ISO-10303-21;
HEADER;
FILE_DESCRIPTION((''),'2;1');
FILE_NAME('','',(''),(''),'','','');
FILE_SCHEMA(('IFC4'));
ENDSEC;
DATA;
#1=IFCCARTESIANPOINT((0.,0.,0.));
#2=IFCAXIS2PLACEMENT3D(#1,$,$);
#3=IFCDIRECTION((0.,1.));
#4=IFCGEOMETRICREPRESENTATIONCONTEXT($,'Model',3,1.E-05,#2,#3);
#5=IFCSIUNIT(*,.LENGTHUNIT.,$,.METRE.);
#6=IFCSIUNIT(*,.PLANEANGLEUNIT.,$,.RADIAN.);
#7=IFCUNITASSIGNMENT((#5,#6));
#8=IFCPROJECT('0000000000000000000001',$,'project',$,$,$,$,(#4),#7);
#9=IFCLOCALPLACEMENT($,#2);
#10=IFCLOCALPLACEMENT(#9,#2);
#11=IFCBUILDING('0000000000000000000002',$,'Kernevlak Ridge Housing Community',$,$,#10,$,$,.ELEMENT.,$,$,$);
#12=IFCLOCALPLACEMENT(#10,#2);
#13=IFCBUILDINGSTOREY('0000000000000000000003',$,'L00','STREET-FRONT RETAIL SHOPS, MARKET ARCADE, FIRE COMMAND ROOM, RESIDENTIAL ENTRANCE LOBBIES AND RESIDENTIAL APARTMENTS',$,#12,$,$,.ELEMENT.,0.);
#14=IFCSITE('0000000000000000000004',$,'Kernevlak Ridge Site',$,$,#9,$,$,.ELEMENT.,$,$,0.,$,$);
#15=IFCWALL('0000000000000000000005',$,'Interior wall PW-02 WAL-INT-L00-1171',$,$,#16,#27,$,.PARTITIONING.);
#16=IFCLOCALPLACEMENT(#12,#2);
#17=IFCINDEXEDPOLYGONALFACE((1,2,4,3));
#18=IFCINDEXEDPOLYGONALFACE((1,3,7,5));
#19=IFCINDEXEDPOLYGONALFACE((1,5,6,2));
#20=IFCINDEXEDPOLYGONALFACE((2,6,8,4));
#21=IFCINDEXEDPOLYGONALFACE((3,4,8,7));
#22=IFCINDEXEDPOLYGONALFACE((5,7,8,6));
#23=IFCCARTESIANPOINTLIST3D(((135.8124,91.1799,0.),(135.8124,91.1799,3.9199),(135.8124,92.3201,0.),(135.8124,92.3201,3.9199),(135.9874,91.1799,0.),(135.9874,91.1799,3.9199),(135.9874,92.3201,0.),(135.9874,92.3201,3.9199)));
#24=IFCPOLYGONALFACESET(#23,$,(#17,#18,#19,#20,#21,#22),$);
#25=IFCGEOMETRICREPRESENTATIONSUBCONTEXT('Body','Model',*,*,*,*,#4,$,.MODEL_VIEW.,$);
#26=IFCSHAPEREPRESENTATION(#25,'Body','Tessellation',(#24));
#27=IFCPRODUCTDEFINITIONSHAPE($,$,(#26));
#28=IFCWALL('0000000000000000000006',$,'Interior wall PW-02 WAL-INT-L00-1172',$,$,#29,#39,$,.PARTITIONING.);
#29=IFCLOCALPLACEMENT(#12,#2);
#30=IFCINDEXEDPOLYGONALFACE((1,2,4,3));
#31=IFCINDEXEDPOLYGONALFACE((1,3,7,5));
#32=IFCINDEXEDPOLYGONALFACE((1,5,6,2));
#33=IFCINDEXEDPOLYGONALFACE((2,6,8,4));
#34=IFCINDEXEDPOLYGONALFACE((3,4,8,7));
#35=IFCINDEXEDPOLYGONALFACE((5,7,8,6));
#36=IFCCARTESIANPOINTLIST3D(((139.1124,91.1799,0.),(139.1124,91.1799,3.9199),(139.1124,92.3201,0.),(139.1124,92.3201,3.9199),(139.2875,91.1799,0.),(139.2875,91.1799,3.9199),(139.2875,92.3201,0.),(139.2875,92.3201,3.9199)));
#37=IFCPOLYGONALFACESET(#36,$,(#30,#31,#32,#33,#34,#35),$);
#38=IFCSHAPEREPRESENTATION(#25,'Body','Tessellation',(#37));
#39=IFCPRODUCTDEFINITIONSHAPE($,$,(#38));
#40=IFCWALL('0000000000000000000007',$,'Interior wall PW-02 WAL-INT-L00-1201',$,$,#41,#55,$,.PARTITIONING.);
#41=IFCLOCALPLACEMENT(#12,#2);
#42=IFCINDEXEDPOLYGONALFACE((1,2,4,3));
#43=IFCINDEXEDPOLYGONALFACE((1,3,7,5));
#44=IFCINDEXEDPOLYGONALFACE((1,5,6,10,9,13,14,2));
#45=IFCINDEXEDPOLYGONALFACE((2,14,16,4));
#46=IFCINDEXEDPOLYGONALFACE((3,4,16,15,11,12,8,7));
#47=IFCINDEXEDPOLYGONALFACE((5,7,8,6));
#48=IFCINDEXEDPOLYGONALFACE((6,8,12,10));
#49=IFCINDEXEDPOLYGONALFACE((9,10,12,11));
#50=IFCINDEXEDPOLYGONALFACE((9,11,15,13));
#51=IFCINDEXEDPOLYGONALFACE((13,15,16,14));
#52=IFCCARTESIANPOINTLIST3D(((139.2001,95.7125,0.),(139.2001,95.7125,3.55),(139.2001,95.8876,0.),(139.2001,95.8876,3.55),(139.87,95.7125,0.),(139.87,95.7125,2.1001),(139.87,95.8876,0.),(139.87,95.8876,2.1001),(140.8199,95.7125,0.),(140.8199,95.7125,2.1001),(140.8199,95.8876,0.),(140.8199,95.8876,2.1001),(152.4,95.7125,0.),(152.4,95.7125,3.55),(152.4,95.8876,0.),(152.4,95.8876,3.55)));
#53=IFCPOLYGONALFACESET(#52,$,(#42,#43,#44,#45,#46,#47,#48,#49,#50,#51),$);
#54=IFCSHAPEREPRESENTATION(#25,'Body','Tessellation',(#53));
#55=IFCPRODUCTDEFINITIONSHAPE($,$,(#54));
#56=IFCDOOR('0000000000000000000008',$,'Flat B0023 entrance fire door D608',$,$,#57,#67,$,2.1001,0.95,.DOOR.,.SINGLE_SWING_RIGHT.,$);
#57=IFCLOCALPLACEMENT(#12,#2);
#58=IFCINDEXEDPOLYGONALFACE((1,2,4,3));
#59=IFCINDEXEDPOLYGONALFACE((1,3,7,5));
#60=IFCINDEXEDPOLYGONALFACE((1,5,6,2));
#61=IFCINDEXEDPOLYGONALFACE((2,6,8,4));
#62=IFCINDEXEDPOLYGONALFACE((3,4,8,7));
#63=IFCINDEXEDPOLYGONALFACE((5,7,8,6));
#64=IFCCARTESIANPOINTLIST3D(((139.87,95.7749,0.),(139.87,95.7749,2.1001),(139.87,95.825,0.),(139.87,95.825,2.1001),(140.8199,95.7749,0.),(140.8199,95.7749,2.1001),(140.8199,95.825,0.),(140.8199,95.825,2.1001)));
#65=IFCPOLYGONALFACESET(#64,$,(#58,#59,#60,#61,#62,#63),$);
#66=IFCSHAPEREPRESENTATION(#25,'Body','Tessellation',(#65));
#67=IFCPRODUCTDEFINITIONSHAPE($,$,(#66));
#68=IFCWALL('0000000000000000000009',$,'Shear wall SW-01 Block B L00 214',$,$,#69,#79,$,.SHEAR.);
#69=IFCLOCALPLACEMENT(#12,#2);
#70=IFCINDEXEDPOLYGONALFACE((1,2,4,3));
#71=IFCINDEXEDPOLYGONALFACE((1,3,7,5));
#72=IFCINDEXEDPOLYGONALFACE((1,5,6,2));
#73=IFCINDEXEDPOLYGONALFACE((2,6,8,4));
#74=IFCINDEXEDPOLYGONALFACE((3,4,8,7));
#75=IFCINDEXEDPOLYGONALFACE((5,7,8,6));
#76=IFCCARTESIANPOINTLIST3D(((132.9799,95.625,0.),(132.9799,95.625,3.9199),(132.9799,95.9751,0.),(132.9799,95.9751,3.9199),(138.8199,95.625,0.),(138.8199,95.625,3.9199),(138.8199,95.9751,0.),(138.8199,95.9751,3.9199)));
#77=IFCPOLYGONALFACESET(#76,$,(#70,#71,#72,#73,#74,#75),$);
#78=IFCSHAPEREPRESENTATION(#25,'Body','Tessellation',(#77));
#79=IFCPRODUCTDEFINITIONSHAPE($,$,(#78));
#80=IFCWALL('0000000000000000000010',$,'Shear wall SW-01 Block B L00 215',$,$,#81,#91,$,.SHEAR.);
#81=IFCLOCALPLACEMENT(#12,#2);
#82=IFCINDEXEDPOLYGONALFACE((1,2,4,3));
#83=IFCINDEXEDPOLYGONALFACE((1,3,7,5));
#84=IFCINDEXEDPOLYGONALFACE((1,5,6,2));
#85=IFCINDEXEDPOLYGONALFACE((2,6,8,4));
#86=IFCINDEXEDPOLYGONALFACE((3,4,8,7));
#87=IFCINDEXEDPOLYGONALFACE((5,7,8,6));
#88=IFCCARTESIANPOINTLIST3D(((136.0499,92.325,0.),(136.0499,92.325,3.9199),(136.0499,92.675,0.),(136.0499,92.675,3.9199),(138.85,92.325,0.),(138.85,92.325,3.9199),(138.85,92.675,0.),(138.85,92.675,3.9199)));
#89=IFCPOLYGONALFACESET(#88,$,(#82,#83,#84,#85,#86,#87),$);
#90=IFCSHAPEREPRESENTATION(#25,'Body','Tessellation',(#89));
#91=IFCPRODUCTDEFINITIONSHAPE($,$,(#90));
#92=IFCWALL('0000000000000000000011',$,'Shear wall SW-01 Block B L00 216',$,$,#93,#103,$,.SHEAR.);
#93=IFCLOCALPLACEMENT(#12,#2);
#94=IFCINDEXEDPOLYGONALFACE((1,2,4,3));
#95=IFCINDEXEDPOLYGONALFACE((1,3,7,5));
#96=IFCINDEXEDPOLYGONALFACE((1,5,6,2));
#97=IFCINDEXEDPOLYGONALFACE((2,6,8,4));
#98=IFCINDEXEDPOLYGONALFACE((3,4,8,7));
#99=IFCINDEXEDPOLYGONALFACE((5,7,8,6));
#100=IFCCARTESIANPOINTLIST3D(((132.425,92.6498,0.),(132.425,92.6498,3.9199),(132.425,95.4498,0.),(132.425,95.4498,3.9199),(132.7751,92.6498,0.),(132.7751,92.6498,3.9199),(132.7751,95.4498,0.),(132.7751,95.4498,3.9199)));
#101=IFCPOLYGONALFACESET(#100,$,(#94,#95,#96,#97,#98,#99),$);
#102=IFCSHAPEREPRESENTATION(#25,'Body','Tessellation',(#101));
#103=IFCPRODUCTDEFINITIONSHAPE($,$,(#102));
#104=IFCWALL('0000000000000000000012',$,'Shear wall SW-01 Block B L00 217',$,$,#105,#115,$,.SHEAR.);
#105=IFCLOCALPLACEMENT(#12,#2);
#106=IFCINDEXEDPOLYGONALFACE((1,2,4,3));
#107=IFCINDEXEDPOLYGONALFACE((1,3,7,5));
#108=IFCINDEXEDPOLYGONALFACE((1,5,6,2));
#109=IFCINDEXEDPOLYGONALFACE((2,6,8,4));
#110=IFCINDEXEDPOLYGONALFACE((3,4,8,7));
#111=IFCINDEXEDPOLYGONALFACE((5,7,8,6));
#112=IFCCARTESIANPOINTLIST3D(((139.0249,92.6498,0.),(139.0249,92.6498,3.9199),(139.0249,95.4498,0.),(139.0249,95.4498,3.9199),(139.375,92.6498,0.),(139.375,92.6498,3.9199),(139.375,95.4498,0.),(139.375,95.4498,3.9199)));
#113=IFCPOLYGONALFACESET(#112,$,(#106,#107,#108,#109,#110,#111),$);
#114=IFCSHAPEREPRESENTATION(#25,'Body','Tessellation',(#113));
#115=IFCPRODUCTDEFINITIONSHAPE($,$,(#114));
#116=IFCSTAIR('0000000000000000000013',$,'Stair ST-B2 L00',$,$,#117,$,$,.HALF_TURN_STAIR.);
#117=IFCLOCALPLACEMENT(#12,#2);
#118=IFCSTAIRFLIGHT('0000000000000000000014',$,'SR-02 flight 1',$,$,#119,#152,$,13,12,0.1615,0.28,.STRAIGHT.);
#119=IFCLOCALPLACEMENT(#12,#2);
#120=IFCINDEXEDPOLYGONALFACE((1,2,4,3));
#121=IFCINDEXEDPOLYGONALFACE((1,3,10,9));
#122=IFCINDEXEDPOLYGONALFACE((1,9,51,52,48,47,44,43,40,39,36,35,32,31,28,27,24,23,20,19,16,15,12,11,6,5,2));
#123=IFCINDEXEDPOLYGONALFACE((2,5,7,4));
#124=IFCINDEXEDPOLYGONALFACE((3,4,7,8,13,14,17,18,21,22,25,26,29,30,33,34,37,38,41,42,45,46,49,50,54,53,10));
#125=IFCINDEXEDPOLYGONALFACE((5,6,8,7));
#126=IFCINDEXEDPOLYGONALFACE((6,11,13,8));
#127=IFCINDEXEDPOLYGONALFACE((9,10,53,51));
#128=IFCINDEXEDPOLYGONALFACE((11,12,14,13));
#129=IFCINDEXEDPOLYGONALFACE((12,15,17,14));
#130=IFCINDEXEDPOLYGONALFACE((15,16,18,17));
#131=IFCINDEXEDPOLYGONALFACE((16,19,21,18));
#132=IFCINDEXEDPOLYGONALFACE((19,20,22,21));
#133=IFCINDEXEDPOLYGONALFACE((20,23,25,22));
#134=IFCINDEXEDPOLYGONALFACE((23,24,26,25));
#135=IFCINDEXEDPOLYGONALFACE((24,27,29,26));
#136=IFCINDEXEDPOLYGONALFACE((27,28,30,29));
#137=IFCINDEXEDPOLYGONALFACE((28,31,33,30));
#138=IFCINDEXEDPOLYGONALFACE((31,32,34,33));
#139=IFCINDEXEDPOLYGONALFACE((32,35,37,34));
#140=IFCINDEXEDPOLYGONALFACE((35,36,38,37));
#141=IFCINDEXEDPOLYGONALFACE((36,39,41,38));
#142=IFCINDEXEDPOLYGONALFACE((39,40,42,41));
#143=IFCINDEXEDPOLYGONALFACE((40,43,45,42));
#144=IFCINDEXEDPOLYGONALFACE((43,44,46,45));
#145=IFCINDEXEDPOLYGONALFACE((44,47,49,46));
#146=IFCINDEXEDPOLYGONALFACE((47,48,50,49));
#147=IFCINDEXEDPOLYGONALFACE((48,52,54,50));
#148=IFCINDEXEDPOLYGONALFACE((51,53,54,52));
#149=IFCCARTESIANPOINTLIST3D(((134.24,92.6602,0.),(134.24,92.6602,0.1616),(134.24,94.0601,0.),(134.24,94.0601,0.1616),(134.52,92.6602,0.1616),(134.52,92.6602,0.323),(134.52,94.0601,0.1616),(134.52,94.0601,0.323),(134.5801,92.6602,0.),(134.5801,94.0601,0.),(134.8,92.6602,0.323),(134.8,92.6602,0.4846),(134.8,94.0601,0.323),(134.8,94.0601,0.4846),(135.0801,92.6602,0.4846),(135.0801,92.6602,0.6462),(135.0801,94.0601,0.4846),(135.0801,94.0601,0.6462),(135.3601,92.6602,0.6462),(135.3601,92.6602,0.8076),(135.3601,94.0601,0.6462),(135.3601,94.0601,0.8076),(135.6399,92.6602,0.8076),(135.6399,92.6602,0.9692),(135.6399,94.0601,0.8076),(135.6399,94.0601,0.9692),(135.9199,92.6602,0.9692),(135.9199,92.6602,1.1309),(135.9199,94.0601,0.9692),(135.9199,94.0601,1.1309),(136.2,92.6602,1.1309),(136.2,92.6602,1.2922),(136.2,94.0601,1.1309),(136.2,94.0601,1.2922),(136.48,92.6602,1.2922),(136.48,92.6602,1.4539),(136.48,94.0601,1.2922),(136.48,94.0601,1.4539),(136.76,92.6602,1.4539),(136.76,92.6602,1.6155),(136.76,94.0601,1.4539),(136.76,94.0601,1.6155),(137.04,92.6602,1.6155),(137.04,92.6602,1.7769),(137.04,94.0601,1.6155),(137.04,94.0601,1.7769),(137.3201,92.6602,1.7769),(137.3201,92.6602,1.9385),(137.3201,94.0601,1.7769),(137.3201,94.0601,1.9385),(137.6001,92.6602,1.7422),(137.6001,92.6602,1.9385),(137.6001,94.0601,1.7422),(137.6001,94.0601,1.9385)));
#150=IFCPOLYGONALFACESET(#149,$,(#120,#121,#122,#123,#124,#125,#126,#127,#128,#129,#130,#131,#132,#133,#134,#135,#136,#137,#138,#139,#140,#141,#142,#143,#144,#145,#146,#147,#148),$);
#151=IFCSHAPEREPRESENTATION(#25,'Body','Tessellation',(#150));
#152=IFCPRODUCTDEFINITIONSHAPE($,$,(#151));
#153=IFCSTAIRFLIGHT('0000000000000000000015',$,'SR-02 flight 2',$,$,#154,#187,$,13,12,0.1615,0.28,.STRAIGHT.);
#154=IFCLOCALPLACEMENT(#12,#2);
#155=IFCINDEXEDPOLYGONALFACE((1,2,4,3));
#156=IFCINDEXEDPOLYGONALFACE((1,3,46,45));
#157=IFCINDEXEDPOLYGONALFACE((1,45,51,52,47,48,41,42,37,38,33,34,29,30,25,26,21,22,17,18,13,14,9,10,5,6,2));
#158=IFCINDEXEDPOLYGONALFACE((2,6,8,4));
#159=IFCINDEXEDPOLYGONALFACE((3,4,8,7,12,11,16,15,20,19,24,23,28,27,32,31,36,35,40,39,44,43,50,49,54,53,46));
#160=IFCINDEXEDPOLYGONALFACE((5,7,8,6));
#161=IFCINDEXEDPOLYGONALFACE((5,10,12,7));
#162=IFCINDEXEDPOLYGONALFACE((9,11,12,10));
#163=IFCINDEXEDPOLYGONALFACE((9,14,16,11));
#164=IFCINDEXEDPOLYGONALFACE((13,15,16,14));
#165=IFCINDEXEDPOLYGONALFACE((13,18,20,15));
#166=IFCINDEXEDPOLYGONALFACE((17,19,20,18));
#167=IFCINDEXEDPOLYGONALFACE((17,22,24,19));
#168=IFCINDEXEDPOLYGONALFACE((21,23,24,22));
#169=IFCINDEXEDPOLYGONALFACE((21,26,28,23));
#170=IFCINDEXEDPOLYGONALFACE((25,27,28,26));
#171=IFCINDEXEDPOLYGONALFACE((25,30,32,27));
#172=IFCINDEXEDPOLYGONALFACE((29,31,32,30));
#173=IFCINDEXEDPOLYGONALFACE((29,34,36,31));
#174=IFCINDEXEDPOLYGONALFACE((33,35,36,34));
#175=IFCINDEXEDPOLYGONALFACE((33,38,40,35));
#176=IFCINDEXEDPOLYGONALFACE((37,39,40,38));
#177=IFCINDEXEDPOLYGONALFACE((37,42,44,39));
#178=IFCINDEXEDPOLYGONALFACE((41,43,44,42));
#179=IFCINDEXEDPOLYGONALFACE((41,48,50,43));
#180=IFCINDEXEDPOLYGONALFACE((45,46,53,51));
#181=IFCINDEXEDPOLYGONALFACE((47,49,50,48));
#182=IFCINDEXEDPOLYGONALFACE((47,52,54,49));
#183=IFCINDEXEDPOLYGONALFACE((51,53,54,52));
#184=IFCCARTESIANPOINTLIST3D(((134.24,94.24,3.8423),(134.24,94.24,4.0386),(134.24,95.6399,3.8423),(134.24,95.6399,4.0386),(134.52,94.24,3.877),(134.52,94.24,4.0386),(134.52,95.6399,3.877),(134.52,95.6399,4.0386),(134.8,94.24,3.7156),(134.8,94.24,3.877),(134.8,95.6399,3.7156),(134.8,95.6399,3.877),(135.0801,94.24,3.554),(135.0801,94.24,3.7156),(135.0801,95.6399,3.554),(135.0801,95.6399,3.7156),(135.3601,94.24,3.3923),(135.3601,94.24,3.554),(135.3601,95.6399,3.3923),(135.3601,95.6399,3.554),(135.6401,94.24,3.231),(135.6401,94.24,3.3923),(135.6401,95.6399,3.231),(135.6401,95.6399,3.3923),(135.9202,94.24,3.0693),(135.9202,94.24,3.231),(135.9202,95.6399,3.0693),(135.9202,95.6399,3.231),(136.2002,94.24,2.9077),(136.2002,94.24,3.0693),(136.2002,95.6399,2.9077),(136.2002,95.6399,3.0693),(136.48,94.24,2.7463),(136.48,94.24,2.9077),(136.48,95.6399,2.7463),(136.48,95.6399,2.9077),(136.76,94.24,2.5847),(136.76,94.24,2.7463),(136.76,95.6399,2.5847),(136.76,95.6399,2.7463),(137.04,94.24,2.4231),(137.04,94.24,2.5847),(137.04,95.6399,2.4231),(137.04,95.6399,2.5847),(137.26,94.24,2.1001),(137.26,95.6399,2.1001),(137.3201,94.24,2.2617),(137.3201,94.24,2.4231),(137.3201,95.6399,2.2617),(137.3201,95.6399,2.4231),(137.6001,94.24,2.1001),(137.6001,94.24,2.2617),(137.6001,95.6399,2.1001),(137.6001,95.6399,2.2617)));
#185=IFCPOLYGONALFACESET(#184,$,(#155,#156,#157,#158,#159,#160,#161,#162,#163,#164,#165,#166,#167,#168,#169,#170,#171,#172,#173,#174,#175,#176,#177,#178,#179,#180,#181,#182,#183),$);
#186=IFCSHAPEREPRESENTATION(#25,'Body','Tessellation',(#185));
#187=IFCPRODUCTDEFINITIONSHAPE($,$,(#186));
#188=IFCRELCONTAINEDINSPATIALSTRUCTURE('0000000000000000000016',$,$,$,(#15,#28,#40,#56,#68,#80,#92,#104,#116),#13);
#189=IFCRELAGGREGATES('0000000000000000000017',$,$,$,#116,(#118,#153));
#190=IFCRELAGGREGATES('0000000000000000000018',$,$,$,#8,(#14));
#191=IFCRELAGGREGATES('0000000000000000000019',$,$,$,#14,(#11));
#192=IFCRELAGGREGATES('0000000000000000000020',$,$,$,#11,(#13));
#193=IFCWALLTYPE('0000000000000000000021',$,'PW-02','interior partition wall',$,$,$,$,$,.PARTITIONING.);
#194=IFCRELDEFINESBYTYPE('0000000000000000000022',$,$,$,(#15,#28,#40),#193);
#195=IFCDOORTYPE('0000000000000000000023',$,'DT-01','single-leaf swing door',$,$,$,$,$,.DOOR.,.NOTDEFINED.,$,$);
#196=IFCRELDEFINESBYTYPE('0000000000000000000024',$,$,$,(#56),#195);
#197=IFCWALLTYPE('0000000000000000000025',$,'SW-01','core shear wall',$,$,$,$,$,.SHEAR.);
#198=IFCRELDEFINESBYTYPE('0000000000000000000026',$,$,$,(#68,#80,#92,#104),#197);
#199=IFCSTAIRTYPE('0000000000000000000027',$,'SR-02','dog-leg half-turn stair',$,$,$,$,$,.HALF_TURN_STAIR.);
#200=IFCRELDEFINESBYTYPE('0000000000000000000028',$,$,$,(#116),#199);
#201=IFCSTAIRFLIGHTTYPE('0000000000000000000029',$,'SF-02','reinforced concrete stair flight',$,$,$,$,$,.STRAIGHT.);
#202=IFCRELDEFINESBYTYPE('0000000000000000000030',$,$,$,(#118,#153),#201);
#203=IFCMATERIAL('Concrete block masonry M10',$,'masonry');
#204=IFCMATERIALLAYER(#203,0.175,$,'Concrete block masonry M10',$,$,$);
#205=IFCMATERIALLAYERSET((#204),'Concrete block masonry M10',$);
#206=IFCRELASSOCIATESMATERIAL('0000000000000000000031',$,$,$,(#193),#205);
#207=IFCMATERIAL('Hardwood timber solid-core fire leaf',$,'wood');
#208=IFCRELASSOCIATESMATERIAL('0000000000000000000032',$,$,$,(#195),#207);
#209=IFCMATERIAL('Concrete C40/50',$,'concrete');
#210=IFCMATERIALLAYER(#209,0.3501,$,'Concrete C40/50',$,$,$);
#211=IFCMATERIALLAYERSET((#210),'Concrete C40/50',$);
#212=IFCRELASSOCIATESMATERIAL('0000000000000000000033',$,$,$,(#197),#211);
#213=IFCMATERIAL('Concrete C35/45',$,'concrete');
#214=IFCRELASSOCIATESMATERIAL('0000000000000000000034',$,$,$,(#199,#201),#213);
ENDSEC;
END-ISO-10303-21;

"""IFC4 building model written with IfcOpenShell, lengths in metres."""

from ifc_helpers import new_model, si_unit, direction, frame, frame_2d, origin, place, context, subcontext, project, spatial, polyline, rectangle, outline, extrude, material, layer, layer_set, type_object, element, fill, aggregate, save


model = new_model("IFC4")

# Units and contexts
model_context = context("Model", 3, precision=1e-05, world=origin(), true_north=direction((0.0, 1.0)))
body_context = subcontext(model_context, "Body", "Model", "MODEL_VIEW")
ifc_project = project(units=[si_unit("LENGTHUNIT", "METRE"), si_unit("PLANEANGLEUNIT", "RADIAN")], contexts=[model_context])

# Site, building, storey
site_placement = place(None, origin())
site = spatial("IfcSite", under=ifc_project, at=site_placement, Name="Kernevlak Ridge Site", CompositionType="ELEMENT", RefElevation=0.0)
building_placement = place(site_placement, origin())
building = spatial("IfcBuilding", under=site, at=building_placement, Name="Kernevlak Ridge Housing Community", CompositionType="ELEMENT")
storey_placement = place(building_placement, origin())
storey = spatial("IfcBuildingStorey", under=building, at=storey_placement, Name="L00", Description="STREET-FRONT RETAIL SHOPS, MARKET ARCADE, FIRE COMMAND ROOM, RESIDENTIAL ENTRANCE LOBBIES AND RESIDENTIAL APARTMENTS", CompositionType="ELEMENT", Elevation=0.0)

# Shared definitions
ifc_material_1 = material(Name="Concrete C40/50", Category="concrete")

# Shared definitions
ifc_material_2 = material(Name="Concrete C35/45", Category="concrete")

# Shared definitions
ifc_material_3 = material(Name="Concrete block masonry M10", Category="masonry")
ifc_layer_1 = layer(ifc_material_3, 0.175, Name="Concrete block masonry M10")
ifc_layer_set_1 = layer_set([ifc_layer_1], Name="Concrete block masonry M10")
wall_type_1 = type_object("IfcWallType", Name="PW-02", Description="interior partition wall", PredefinedType="PARTITIONING", material=ifc_layer_set_1)

# Walls
for number, where, z_axis, x_axis, name in (
    (1, (135.8999, 91.1799, 0.0), (0.0, 0.0, 1.0), (0.0, 1.0, 0.0), "Interior wall PW-02 WAL-INT-L00-1171"),
    (2, (139.2, 91.1799, 0.0), (0.0, 0.0, 1.0), (0.0, 1.0, 0.0), "Interior wall PW-02 WAL-INT-L00-1172"),
):
    element("IfcWall", number, at=place(storey_placement, frame(where, z_axis=z_axis, x_axis=x_axis)), inside=storey, type_object=wall_type_1, Name=name, PredefinedType="PARTITIONING", context=body_context, shape_type="SweptSolid", body=[
        extrude(rectangle(XDim=1.1401, YDim=0.175, at=frame_2d((0.5701, 0.0))), origin(), (0.0, 0.0, 1.0), 3.9199),
    ])

# Wall, opening, door
wall_1_placement = place(storey_placement, frame((139.2, 95.8, 0.0), z_axis=(0.0, 0.0, 1.0), x_axis=(1.0, 0.0, 0.0)))
wall_1 = element("IfcWall", 3, at=wall_1_placement, inside=storey, type_object=wall_type_1, Name="Interior wall PW-02 WAL-INT-L00-1201", PredefinedType="PARTITIONING", context=body_context, shape_type="SweptSolid", body=[
    extrude(rectangle(XDim=13.2, YDim=0.175, at=frame_2d((6.6001, 0.0))), origin(), (0.0, 0.0, 1.0), 3.55),
])
opening_1_placement = place(wall_1_placement, frame((0.6699, 0.0, 0.0)))
opening_1 = element("IfcOpeningElement", 4, at=opening_1_placement, cuts=wall_1, PredefinedType="OPENING", context=body_context, shape_type="SweptSolid", body=[
    extrude(rectangle(XDim=0.95, YDim=2.1001, at=frame_2d((0.4751, 1.05))), frame((0.0, 0.0974, 0.0), z_axis=(0.0, -1.0, 0.0), x_axis=(1.0, 0.0, 0.0)), (0.0, 0.0, 1.0), 0.1951),
])
ifc_material_4 = material(Name="Hardwood timber solid-core fire leaf", Category="wood")
door_type_1 = type_object("IfcDoorType", Name="DT-01", Description="single-leaf swing door", OperationType="NOTDEFINED", PredefinedType="DOOR", material=ifc_material_4)
door_1_placement = place(opening_1_placement, origin())
door_1 = element("IfcDoor", 5, at=door_1_placement, inside=storey, type_object=door_type_1, Name="Flat B0023 entrance fire door D608", OperationType="SINGLE_SWING_RIGHT", OverallHeight=2.1001, OverallWidth=0.95, PredefinedType="DOOR", context=body_context, shape_type="SweptSolid", body=[
    extrude(rectangle(XDim=0.95, YDim=2.1001, at=frame_2d((0.4751, 1.05))), frame((0.0, 0.0249, 0.0), z_axis=(0.0, -1.0, 0.0), x_axis=(1.0, 0.0, 0.0)), (0.0, 0.0, 1.0), 0.05),
])
fill(opening_1, door_1)

# Walls
ifc_layer_2 = layer(ifc_material_1, 0.3501, Name="Concrete C40/50")
ifc_layer_set_2 = layer_set([ifc_layer_2], Name="Concrete C40/50")
wall_type_2 = type_object("IfcWallType", Name="SW-01", Description="core shear wall", PredefinedType="SHEAR", material=ifc_layer_set_2)
wall_2_placement = place(storey_placement, frame((132.98, 95.8, 0.0), z_axis=(0.0, 0.0, 1.0), x_axis=(1.0, 0.0, 0.0)))
element("IfcWall", 6, at=wall_2_placement, inside=storey, type_object=wall_type_2, Name="Shear wall SW-01 Block B L00 214", PredefinedType="SHEAR", context=body_context, shape_type="SweptSolid", body=[
    extrude(rectangle(XDim=5.8401, YDim=0.3501, at=frame_2d((2.9199, 0.0))), origin(), (0.0, 0.0, 1.0), 3.9199),
])
for number, where, z_axis, x_axis, name in (
    (7, (136.05, 92.5, 0.0), (0.0, 0.0, 1.0), (1.0, 0.0, 0.0), "Shear wall SW-01 Block B L00 215"),
    (8, (132.6001, 92.6499, 0.0), (0.0, 0.0, 1.0), (0.0, 1.0, 0.0), "Shear wall SW-01 Block B L00 216"),
    (9, (139.2, 92.6499, 0.0), (0.0, 0.0, 1.0), (0.0, 1.0, 0.0), "Shear wall SW-01 Block B L00 217"),
):
    element("IfcWall", number, at=place(storey_placement, frame(where, z_axis=z_axis, x_axis=x_axis)), inside=storey, type_object=wall_type_2, Name=name, PredefinedType="SHEAR", context=body_context, shape_type="SweptSolid", body=[
        extrude(rectangle(XDim=2.8, YDim=0.3501, at=frame_2d((1.3999, 0.0))), origin(), (0.0, 0.0, 1.0), 3.9199),
    ])

# Stair, stair flights
stair_type = type_object("IfcStairType", Name="SR-02", Description="dog-leg half-turn stair", PredefinedType="HALF_TURN_STAIR", material=ifc_material_2)
stair_placement = place(storey_placement, origin())
stair = element("IfcStair", 10, at=stair_placement, inside=storey, type_object=stair_type, Name="Stair ST-B2 L00", PredefinedType="HALF_TURN_STAIR")
stair_flight_type = type_object("IfcStairFlightType", Name="SF-02", Description="reinforced concrete stair flight", PredefinedType="STRAIGHT", material=ifc_material_2)
stair_flight_1_placement = place(storey_placement, frame((134.24, 93.3601, 0.0), z_axis=(0.0, 0.0, 1.0), x_axis=(1.0, 0.0, 0.0)))
stair_flight_1 = element("IfcStairFlight", 11, at=stair_flight_1_placement, type_object=stair_flight_type, Name="SR-02 flight 1", NumberOfRisers=13, NumberOfTreads=12, PredefinedType="STRAIGHT", RiserHeight=0.1615, TreadLength=0.28, context=body_context, shape_type="SweptSolid", body=[
    extrude(outline(polyline([(0.0, 0.0), (0.0, 0.1616), (0.28, 0.1616), (0.28, 0.323), (0.5601, 0.323), (0.5601, 0.4846), (0.8401, 0.4846), (0.8401, 0.6462), (1.1201, 0.6462), (1.1201, 0.8076), (1.3999, 0.8076), (1.3999, 0.9692), (1.6799, 0.9692), (1.6799, 1.1309), (1.96, 1.1309), (1.96, 1.2922), (2.24, 1.2922), (2.24, 1.4539), (2.52, 1.4539), (2.52, 1.6155), (2.8, 1.6155), (2.8, 1.7769), (3.0801, 1.7769), (3.0801, 1.9385), (3.3601, 1.9385), (3.3601, 2.1001), (3.3601, 1.7422), (0.3401, 0.0), (0.0, 0.0)])), frame((0.0, 0.7, 0.0), z_axis=(0.0, -1.0, 0.0), x_axis=(1.0, 0.0, 0.0)), (0.0, 0.0, 1.0), 1.3999),
])
stair_flight_2_placement = place(storey_placement, frame((137.6001, 94.9399, 2.1001), z_axis=(0.0, 0.0, 1.0), x_axis=(-1.0, 0.0, 0.0)))
stair_flight_2 = element("IfcStairFlight", 12, at=stair_flight_2_placement, type_object=stair_flight_type, Name="SR-02 flight 2", NumberOfRisers=13, NumberOfTreads=12, PredefinedType="STRAIGHT", RiserHeight=0.1615, TreadLength=0.28, context=body_context, shape_type="SweptSolid", body=[
    extrude(outline(polyline([(0.0, 0.0), (0.0, 0.1616), (0.28, 0.1616), (0.28, 0.323), (0.5601, 0.323), (0.5601, 0.4846), (0.8401, 0.4846), (0.8401, 0.6462), (1.1201, 0.6462), (1.1201, 0.8076), (1.3999, 0.8076), (1.3999, 0.9692), (1.6799, 0.9692), (1.6799, 1.1309), (1.96, 1.1309), (1.96, 1.2922), (2.24, 1.2922), (2.24, 1.4539), (2.52, 1.4539), (2.52, 1.6155), (2.8, 1.6155), (2.8, 1.7769), (3.0801, 1.7769), (3.0801, 1.9385), (3.3601, 1.9385), (3.3601, 2.1001), (3.3601, 1.7422), (0.3401, 0.0), (0.0, 0.0)])), frame((0.0, 0.7, 0.0), z_axis=(0.0, -1.0, 0.0), x_axis=(1.0, 0.0, 0.0)), (0.0, 0.0, 1.0), 1.3999),
])
aggregate(stair, [stair_flight_1, stair_flight_2])

save(model, "model.ifc")
